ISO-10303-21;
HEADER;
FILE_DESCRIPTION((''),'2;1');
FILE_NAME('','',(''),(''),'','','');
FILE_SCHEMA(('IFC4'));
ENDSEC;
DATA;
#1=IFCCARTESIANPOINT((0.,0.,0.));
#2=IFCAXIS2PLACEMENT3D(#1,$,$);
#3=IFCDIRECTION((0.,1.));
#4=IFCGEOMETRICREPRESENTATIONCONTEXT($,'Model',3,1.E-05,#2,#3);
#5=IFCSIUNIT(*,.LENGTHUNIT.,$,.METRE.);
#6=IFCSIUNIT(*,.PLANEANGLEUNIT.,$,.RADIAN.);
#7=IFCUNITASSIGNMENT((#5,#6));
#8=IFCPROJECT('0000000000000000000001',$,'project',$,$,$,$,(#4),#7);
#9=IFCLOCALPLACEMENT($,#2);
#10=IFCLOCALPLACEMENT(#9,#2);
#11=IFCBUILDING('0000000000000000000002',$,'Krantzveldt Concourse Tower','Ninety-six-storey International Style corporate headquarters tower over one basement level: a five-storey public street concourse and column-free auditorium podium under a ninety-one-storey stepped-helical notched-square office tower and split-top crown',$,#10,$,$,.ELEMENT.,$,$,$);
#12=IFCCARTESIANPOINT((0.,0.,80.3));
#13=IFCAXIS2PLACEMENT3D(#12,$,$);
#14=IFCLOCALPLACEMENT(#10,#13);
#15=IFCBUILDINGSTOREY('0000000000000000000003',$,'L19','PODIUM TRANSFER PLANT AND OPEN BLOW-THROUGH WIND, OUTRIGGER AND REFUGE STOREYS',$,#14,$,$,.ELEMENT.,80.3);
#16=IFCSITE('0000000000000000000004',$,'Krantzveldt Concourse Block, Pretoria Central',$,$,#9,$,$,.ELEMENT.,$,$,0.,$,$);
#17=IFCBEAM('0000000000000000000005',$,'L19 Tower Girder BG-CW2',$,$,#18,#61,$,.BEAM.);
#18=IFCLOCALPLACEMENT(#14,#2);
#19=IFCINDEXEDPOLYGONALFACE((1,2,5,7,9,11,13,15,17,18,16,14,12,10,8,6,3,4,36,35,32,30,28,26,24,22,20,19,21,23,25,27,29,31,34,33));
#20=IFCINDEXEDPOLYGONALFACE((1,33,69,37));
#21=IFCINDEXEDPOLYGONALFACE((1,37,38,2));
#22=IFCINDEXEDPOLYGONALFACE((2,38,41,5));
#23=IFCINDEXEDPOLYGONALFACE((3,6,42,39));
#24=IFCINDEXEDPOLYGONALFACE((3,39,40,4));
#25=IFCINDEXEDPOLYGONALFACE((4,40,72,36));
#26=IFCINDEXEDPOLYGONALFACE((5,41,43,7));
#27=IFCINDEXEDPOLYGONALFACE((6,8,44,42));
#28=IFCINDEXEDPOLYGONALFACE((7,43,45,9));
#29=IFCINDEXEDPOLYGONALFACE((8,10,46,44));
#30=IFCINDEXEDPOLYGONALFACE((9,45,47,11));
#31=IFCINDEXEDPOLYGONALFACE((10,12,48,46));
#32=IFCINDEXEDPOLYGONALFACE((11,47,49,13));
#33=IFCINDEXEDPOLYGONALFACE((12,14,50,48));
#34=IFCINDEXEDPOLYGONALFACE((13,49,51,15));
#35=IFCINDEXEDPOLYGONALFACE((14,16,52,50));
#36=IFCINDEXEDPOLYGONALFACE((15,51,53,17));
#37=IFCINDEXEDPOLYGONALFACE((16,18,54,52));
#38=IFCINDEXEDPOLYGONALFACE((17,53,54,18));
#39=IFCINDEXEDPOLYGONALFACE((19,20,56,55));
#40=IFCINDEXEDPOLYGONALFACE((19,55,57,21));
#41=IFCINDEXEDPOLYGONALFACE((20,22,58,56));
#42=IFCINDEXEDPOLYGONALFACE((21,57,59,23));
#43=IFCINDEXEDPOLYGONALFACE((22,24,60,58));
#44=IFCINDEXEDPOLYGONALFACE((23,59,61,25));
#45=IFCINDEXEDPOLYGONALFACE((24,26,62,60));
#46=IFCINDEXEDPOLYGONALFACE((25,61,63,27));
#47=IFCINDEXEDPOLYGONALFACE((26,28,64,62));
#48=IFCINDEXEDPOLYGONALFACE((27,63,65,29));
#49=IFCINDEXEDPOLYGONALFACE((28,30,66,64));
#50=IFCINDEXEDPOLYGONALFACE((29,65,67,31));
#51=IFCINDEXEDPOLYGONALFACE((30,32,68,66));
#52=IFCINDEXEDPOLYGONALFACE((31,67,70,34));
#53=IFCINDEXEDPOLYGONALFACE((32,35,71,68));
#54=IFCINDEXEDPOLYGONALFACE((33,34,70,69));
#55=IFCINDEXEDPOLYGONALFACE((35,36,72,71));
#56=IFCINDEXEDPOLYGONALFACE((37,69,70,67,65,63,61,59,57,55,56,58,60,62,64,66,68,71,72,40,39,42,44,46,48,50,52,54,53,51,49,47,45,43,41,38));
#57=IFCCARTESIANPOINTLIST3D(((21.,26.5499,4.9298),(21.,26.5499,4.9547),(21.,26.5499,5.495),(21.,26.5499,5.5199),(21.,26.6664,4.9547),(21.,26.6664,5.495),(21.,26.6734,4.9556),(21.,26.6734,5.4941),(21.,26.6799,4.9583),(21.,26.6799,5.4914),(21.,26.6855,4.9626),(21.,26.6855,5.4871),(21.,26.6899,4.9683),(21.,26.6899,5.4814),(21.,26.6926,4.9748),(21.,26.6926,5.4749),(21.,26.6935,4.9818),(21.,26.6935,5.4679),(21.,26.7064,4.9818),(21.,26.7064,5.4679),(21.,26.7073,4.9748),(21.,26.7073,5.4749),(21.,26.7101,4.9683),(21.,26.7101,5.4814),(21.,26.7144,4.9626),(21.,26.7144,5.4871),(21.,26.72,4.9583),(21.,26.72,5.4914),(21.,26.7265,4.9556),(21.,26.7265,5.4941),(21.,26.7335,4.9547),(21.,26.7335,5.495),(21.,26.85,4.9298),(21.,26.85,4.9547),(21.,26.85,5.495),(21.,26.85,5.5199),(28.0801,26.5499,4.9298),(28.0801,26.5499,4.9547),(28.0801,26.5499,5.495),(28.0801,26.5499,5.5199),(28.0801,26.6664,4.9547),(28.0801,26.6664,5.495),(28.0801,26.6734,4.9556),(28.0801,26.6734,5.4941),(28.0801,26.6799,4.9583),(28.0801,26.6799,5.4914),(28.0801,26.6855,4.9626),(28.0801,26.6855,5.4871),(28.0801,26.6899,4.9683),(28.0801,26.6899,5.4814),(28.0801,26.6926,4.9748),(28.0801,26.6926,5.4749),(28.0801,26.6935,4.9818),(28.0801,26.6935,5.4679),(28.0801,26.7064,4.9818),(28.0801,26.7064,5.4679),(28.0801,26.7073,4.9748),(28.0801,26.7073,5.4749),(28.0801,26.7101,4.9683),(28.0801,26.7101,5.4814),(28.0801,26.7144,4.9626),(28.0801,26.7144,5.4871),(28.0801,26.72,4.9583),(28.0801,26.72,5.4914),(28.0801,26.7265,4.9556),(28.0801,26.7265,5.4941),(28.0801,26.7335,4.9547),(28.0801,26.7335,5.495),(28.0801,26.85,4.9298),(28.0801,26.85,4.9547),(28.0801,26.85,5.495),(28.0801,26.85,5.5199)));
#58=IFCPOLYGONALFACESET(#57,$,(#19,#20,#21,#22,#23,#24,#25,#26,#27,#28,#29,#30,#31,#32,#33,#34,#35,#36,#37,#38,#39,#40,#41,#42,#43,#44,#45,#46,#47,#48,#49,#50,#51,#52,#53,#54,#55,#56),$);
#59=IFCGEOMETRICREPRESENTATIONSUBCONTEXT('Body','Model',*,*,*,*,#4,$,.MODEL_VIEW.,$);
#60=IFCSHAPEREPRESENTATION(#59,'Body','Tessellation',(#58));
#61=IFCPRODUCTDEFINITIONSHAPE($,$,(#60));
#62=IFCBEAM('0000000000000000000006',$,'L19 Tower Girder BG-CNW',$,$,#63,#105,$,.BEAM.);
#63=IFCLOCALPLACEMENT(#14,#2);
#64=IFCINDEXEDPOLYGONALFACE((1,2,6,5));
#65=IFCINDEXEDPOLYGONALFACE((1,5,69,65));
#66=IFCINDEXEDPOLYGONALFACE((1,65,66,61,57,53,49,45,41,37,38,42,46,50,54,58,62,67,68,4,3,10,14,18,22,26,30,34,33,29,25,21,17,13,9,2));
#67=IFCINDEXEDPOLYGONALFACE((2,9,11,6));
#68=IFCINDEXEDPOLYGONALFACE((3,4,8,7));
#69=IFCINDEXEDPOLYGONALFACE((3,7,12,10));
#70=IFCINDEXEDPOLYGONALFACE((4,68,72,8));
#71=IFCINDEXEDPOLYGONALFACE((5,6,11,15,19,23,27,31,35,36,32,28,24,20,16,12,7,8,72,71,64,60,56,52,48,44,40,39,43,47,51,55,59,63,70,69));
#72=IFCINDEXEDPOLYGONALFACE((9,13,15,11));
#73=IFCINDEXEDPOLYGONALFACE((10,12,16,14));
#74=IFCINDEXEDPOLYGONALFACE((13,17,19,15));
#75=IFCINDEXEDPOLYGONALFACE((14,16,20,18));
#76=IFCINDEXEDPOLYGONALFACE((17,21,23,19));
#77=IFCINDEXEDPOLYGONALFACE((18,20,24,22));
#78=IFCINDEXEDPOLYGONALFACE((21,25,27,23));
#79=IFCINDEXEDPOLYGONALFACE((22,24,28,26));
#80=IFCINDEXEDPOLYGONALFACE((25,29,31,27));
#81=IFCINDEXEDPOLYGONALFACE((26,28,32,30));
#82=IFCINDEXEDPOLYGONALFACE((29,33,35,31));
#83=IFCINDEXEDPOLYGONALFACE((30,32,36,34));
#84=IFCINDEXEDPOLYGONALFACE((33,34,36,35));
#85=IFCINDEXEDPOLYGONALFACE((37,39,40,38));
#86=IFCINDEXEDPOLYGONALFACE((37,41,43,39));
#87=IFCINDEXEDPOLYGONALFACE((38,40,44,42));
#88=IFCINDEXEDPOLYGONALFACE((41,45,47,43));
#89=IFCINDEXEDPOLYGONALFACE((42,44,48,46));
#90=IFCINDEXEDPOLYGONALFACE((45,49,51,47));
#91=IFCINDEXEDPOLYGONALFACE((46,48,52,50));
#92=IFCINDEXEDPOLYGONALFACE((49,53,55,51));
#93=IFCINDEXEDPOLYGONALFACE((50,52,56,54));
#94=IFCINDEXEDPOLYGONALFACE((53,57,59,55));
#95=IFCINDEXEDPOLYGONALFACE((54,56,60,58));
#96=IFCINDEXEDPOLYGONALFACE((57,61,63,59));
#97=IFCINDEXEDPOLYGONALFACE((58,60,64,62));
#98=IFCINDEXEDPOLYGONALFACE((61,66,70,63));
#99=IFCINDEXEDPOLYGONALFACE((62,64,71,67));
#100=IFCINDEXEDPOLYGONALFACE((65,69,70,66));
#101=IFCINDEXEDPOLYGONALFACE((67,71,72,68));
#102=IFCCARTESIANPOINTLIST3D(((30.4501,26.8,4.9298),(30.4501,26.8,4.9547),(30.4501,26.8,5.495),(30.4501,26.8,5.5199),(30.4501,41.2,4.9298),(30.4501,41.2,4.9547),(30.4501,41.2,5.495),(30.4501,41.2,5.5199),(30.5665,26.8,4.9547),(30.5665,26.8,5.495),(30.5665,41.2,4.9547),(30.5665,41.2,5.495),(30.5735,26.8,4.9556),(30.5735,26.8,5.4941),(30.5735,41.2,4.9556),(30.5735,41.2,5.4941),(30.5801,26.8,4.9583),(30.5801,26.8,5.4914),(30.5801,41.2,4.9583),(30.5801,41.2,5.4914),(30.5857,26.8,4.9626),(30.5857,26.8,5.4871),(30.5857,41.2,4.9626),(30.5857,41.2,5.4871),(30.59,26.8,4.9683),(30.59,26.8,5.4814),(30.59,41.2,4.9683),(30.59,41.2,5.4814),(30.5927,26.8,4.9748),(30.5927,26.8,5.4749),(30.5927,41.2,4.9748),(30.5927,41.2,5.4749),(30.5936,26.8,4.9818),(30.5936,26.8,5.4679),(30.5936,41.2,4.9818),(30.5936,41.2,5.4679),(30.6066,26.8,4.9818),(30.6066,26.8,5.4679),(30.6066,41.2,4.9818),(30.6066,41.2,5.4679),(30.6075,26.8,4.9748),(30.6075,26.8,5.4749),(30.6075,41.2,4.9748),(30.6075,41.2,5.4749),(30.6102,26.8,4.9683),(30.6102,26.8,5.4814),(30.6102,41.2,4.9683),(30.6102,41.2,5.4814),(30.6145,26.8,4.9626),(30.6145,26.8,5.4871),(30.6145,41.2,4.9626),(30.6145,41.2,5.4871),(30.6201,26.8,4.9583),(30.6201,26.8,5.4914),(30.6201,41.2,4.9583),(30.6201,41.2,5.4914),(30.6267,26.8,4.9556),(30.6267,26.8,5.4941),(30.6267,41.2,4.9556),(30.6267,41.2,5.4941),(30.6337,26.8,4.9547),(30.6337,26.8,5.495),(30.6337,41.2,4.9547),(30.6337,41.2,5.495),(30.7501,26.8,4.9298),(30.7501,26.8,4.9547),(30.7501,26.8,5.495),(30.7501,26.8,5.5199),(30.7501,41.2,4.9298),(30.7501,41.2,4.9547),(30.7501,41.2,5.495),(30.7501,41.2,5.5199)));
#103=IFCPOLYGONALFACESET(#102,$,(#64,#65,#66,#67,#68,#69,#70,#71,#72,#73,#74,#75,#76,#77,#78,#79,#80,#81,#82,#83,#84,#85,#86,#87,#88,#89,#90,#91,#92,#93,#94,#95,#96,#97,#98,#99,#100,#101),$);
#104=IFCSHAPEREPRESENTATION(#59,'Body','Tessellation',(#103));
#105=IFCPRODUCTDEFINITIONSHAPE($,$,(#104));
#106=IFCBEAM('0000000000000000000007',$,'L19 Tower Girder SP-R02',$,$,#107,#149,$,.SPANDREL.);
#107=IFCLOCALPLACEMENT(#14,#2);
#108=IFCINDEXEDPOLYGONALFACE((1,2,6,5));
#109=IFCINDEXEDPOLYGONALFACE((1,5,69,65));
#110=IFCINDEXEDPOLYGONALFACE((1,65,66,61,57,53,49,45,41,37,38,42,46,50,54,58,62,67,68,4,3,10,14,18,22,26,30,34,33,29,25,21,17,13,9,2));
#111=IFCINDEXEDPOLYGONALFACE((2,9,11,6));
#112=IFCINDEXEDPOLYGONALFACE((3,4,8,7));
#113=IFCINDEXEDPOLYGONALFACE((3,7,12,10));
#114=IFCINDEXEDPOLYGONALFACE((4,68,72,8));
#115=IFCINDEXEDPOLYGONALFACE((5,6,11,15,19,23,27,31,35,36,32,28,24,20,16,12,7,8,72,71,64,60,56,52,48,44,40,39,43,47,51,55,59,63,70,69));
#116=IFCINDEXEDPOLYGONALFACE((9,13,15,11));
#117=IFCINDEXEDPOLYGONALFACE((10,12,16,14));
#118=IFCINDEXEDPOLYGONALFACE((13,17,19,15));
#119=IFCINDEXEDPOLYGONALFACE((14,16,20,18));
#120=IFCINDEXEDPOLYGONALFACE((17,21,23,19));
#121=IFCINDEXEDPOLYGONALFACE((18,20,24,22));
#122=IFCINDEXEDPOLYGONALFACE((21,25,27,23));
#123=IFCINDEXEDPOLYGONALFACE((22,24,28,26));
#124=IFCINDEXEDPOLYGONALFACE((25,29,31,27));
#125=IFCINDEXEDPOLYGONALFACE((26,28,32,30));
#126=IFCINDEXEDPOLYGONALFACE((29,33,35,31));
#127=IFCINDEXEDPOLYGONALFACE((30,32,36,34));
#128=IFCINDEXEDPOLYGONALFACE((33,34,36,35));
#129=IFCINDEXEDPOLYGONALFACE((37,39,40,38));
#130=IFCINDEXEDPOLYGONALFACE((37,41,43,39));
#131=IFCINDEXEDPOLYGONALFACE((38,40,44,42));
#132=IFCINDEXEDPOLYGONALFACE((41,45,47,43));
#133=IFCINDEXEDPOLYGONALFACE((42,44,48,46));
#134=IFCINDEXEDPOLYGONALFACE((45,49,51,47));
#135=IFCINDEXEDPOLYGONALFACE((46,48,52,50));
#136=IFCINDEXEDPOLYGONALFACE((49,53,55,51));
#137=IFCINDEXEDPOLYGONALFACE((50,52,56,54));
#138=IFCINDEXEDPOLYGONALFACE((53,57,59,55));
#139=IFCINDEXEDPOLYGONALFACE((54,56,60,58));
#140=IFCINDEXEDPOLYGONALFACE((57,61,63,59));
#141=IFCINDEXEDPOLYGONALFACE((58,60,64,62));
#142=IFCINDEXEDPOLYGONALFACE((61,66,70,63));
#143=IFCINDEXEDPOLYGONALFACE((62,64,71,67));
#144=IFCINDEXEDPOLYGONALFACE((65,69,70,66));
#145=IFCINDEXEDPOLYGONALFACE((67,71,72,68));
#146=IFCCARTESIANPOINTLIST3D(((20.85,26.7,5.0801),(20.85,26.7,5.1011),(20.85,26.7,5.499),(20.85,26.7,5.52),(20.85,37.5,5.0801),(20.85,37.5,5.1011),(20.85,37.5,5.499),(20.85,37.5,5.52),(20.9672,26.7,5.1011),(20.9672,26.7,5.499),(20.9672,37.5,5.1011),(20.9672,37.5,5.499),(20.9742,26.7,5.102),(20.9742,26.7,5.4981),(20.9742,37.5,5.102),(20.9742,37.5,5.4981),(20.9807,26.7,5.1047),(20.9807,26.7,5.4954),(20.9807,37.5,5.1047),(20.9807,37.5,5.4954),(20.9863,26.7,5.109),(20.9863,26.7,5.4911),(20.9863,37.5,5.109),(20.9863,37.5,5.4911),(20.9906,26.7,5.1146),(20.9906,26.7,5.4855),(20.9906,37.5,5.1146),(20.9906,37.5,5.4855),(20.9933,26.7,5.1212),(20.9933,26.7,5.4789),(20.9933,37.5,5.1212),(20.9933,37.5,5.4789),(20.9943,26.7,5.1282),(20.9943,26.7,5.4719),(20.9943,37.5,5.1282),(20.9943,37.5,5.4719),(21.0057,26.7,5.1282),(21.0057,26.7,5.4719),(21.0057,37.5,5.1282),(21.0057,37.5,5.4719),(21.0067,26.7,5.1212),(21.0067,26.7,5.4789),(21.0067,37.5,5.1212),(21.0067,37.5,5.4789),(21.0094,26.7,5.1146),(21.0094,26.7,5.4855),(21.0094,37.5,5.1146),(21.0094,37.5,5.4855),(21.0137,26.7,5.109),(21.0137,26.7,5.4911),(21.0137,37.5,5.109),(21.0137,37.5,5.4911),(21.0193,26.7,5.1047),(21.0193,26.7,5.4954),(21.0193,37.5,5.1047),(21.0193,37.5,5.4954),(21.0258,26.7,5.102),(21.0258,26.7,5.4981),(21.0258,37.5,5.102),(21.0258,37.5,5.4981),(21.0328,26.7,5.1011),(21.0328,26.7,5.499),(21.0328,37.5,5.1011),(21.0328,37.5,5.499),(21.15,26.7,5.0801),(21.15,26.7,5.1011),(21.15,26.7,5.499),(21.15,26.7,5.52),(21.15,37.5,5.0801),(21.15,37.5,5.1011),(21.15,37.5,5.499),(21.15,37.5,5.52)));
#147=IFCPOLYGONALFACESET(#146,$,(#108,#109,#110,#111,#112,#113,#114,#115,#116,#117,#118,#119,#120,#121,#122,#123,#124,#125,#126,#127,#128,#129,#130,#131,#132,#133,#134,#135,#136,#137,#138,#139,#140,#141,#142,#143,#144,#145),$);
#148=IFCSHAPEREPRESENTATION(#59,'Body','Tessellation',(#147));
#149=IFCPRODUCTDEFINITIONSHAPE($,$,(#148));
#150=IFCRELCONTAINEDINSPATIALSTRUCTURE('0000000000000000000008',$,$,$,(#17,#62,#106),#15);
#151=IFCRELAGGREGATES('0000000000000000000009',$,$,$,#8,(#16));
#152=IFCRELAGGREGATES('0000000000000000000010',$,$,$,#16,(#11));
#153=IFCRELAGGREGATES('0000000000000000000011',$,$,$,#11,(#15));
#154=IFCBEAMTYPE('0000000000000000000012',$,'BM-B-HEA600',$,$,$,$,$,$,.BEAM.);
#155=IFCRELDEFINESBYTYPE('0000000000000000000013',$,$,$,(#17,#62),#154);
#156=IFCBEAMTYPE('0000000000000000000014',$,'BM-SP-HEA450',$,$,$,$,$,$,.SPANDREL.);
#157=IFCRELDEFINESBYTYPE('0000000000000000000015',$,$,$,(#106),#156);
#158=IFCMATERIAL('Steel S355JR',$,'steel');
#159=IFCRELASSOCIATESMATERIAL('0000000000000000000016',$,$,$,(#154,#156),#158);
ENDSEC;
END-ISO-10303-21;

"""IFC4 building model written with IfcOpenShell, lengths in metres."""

from ifc_helpers import new_model, si_unit, direction, frame, origin, origin_2d, place, context, subcontext, project, spatial, i_section, extrude, source, transform, mapped, material, material_profile, profile_set, type_object, type_shapes, element, save


model = new_model("IFC4")

# Units and contexts
model_context = context("Model", 3, precision=1e-05, world=origin(), true_north=direction((0.0, 1.0)))
body_context = subcontext(model_context, "Body", "Model", "MODEL_VIEW")
ifc_project = project(units=[si_unit("LENGTHUNIT", "METRE"), si_unit("PLANEANGLEUNIT", "RADIAN")], contexts=[model_context])

# Site, building, storey
site_placement = place(None, origin())
site = spatial("IfcSite", under=ifc_project, at=site_placement, Name="Krantzveldt Concourse Block, Pretoria Central", CompositionType="ELEMENT", RefElevation=0.0)
building_placement = place(site_placement, origin())
building = spatial("IfcBuilding", under=site, at=building_placement, Name="Krantzveldt Concourse Tower", Description="Ninety-six-storey International Style corporate headquarters tower over one basement level: a five-storey public street concourse and column-free auditorium podium under a ninety-one-storey stepped-helical notched-square office tower and split-top crown", CompositionType="ELEMENT")
storey_placement = place(building_placement, frame((0.0, 0.0, 80.3)))
storey = spatial("IfcBuildingStorey", under=building, at=storey_placement, Name="L19", Description="PODIUM TRANSFER PLANT AND OPEN BLOW-THROUGH WIND, OUTRIGGER AND REFUGE STOREYS", CompositionType="ELEMENT", Elevation=80.3)

# Beams
ifc_material_1 = material(Name="Steel S355JR", Category="steel")
ifc_material_profile_1 = material_profile(ifc_material_1, i_section(OverallWidth=0.3, OverallDepth=0.5901, WebThickness=0.0129, FlangeThickness=0.0249, FilletRadius=0.0271, at=origin_2d()), Name="Steel S355JR", Category="steel")
ifc_profile_set_1 = profile_set([ifc_material_profile_1], Name="Steel S355JR - HEA 600")
beam_type_1 = type_object("IfcBeamType", Name="BM-B-HEA600", PredefinedType="BEAM", material=ifc_profile_set_1)
shared_shape_1 = source(origin(), body_context, "Body", "SweptSolid", [
    extrude(i_section(OverallWidth=0.3, OverallDepth=0.5901, WebThickness=0.0129, FlangeThickness=0.0249, FilletRadius=0.0271, at=origin_2d()), origin(), (0.0, 0.0, 1.0), 7.0801),
])
beam_1_placement = place(storey_placement, frame((21.0, 26.7, 5.2249), z_axis=(1.0, 0.0, 0.0), x_axis=(0.0, 1.0, 0.0)))
element("IfcBeam", 1, at=beam_1_placement, inside=storey, type_object=beam_type_1, Name="L19 Tower Girder BG-CW2", PredefinedType="BEAM", context=body_context, shape_type="MappedRepresentation", body=[
    mapped(shared_shape_1, transform((0.0, 0.0, 0.0), x_axis=(1.0, 0.0, 0.0), y_axis=(0.0, 1.0, 0.0), z_axis=(0.0, 0.0, 1.0), scale=1.0)),
])
shared_shape_2 = source(origin(), body_context, "Body", "SweptSolid", [
    extrude(i_section(OverallWidth=0.3, OverallDepth=0.5901, WebThickness=0.0129, FlangeThickness=0.0249, FilletRadius=0.0271, at=origin_2d()), origin(), (0.0, 0.0, 1.0), 14.3999),
])
type_shapes(beam_type_1, [shared_shape_1, shared_shape_2])
beam_2_placement = place(storey_placement, frame((30.6001, 26.8, 5.2249), z_axis=(0.0, 1.0, 0.0), x_axis=(-1.0, 0.0, 0.0)))
element("IfcBeam", 2, at=beam_2_placement, inside=storey, type_object=beam_type_1, Name="L19 Tower Girder BG-CNW", PredefinedType="BEAM", context=body_context, shape_type="MappedRepresentation", body=[
    mapped(shared_shape_2, transform((0.0, 0.0, 0.0), x_axis=(1.0, 0.0, 0.0), y_axis=(0.0, 1.0, 0.0), z_axis=(0.0, 0.0, 1.0), scale=1.0)),
])
ifc_material_profile_2 = material_profile(ifc_material_1, i_section(OverallWidth=0.3, OverallDepth=0.4399, WebThickness=0.0115, FlangeThickness=0.021, FilletRadius=0.0271, at=origin_2d()), Name="Steel S355JR", Category="steel")
ifc_profile_set_2 = profile_set([ifc_material_profile_2], Name="Steel S355JR - HEA 450")
beam_type_2 = type_object("IfcBeamType", Name="BM-SP-HEA450", PredefinedType="SPANDREL", material=ifc_profile_set_2)
shared_shape_3 = source(origin(), body_context, "Body", "SweptSolid", [
    extrude(i_section(OverallWidth=0.3, OverallDepth=0.4399, WebThickness=0.0115, FlangeThickness=0.021, FilletRadius=0.0271, at=origin_2d()), origin(), (0.0, 0.0, 1.0), 10.8),
])
type_shapes(beam_type_2, [shared_shape_3])
beam_3_placement = place(storey_placement, frame((21.0, 26.7, 5.3), z_axis=(0.0, 1.0, 0.0), x_axis=(-1.0, 0.0, 0.0)))
element("IfcBeam", 3, at=beam_3_placement, inside=storey, type_object=beam_type_2, Name="L19 Tower Girder SP-R02", PredefinedType="SPANDREL", context=body_context, shape_type="MappedRepresentation", body=[
    mapped(shared_shape_3, transform((0.0, 0.0, 0.0), x_axis=(1.0, 0.0, 0.0), y_axis=(0.0, 1.0, 0.0), z_axis=(0.0, 0.0, 1.0), scale=1.0)),
])

save(model, "model.ifc")
